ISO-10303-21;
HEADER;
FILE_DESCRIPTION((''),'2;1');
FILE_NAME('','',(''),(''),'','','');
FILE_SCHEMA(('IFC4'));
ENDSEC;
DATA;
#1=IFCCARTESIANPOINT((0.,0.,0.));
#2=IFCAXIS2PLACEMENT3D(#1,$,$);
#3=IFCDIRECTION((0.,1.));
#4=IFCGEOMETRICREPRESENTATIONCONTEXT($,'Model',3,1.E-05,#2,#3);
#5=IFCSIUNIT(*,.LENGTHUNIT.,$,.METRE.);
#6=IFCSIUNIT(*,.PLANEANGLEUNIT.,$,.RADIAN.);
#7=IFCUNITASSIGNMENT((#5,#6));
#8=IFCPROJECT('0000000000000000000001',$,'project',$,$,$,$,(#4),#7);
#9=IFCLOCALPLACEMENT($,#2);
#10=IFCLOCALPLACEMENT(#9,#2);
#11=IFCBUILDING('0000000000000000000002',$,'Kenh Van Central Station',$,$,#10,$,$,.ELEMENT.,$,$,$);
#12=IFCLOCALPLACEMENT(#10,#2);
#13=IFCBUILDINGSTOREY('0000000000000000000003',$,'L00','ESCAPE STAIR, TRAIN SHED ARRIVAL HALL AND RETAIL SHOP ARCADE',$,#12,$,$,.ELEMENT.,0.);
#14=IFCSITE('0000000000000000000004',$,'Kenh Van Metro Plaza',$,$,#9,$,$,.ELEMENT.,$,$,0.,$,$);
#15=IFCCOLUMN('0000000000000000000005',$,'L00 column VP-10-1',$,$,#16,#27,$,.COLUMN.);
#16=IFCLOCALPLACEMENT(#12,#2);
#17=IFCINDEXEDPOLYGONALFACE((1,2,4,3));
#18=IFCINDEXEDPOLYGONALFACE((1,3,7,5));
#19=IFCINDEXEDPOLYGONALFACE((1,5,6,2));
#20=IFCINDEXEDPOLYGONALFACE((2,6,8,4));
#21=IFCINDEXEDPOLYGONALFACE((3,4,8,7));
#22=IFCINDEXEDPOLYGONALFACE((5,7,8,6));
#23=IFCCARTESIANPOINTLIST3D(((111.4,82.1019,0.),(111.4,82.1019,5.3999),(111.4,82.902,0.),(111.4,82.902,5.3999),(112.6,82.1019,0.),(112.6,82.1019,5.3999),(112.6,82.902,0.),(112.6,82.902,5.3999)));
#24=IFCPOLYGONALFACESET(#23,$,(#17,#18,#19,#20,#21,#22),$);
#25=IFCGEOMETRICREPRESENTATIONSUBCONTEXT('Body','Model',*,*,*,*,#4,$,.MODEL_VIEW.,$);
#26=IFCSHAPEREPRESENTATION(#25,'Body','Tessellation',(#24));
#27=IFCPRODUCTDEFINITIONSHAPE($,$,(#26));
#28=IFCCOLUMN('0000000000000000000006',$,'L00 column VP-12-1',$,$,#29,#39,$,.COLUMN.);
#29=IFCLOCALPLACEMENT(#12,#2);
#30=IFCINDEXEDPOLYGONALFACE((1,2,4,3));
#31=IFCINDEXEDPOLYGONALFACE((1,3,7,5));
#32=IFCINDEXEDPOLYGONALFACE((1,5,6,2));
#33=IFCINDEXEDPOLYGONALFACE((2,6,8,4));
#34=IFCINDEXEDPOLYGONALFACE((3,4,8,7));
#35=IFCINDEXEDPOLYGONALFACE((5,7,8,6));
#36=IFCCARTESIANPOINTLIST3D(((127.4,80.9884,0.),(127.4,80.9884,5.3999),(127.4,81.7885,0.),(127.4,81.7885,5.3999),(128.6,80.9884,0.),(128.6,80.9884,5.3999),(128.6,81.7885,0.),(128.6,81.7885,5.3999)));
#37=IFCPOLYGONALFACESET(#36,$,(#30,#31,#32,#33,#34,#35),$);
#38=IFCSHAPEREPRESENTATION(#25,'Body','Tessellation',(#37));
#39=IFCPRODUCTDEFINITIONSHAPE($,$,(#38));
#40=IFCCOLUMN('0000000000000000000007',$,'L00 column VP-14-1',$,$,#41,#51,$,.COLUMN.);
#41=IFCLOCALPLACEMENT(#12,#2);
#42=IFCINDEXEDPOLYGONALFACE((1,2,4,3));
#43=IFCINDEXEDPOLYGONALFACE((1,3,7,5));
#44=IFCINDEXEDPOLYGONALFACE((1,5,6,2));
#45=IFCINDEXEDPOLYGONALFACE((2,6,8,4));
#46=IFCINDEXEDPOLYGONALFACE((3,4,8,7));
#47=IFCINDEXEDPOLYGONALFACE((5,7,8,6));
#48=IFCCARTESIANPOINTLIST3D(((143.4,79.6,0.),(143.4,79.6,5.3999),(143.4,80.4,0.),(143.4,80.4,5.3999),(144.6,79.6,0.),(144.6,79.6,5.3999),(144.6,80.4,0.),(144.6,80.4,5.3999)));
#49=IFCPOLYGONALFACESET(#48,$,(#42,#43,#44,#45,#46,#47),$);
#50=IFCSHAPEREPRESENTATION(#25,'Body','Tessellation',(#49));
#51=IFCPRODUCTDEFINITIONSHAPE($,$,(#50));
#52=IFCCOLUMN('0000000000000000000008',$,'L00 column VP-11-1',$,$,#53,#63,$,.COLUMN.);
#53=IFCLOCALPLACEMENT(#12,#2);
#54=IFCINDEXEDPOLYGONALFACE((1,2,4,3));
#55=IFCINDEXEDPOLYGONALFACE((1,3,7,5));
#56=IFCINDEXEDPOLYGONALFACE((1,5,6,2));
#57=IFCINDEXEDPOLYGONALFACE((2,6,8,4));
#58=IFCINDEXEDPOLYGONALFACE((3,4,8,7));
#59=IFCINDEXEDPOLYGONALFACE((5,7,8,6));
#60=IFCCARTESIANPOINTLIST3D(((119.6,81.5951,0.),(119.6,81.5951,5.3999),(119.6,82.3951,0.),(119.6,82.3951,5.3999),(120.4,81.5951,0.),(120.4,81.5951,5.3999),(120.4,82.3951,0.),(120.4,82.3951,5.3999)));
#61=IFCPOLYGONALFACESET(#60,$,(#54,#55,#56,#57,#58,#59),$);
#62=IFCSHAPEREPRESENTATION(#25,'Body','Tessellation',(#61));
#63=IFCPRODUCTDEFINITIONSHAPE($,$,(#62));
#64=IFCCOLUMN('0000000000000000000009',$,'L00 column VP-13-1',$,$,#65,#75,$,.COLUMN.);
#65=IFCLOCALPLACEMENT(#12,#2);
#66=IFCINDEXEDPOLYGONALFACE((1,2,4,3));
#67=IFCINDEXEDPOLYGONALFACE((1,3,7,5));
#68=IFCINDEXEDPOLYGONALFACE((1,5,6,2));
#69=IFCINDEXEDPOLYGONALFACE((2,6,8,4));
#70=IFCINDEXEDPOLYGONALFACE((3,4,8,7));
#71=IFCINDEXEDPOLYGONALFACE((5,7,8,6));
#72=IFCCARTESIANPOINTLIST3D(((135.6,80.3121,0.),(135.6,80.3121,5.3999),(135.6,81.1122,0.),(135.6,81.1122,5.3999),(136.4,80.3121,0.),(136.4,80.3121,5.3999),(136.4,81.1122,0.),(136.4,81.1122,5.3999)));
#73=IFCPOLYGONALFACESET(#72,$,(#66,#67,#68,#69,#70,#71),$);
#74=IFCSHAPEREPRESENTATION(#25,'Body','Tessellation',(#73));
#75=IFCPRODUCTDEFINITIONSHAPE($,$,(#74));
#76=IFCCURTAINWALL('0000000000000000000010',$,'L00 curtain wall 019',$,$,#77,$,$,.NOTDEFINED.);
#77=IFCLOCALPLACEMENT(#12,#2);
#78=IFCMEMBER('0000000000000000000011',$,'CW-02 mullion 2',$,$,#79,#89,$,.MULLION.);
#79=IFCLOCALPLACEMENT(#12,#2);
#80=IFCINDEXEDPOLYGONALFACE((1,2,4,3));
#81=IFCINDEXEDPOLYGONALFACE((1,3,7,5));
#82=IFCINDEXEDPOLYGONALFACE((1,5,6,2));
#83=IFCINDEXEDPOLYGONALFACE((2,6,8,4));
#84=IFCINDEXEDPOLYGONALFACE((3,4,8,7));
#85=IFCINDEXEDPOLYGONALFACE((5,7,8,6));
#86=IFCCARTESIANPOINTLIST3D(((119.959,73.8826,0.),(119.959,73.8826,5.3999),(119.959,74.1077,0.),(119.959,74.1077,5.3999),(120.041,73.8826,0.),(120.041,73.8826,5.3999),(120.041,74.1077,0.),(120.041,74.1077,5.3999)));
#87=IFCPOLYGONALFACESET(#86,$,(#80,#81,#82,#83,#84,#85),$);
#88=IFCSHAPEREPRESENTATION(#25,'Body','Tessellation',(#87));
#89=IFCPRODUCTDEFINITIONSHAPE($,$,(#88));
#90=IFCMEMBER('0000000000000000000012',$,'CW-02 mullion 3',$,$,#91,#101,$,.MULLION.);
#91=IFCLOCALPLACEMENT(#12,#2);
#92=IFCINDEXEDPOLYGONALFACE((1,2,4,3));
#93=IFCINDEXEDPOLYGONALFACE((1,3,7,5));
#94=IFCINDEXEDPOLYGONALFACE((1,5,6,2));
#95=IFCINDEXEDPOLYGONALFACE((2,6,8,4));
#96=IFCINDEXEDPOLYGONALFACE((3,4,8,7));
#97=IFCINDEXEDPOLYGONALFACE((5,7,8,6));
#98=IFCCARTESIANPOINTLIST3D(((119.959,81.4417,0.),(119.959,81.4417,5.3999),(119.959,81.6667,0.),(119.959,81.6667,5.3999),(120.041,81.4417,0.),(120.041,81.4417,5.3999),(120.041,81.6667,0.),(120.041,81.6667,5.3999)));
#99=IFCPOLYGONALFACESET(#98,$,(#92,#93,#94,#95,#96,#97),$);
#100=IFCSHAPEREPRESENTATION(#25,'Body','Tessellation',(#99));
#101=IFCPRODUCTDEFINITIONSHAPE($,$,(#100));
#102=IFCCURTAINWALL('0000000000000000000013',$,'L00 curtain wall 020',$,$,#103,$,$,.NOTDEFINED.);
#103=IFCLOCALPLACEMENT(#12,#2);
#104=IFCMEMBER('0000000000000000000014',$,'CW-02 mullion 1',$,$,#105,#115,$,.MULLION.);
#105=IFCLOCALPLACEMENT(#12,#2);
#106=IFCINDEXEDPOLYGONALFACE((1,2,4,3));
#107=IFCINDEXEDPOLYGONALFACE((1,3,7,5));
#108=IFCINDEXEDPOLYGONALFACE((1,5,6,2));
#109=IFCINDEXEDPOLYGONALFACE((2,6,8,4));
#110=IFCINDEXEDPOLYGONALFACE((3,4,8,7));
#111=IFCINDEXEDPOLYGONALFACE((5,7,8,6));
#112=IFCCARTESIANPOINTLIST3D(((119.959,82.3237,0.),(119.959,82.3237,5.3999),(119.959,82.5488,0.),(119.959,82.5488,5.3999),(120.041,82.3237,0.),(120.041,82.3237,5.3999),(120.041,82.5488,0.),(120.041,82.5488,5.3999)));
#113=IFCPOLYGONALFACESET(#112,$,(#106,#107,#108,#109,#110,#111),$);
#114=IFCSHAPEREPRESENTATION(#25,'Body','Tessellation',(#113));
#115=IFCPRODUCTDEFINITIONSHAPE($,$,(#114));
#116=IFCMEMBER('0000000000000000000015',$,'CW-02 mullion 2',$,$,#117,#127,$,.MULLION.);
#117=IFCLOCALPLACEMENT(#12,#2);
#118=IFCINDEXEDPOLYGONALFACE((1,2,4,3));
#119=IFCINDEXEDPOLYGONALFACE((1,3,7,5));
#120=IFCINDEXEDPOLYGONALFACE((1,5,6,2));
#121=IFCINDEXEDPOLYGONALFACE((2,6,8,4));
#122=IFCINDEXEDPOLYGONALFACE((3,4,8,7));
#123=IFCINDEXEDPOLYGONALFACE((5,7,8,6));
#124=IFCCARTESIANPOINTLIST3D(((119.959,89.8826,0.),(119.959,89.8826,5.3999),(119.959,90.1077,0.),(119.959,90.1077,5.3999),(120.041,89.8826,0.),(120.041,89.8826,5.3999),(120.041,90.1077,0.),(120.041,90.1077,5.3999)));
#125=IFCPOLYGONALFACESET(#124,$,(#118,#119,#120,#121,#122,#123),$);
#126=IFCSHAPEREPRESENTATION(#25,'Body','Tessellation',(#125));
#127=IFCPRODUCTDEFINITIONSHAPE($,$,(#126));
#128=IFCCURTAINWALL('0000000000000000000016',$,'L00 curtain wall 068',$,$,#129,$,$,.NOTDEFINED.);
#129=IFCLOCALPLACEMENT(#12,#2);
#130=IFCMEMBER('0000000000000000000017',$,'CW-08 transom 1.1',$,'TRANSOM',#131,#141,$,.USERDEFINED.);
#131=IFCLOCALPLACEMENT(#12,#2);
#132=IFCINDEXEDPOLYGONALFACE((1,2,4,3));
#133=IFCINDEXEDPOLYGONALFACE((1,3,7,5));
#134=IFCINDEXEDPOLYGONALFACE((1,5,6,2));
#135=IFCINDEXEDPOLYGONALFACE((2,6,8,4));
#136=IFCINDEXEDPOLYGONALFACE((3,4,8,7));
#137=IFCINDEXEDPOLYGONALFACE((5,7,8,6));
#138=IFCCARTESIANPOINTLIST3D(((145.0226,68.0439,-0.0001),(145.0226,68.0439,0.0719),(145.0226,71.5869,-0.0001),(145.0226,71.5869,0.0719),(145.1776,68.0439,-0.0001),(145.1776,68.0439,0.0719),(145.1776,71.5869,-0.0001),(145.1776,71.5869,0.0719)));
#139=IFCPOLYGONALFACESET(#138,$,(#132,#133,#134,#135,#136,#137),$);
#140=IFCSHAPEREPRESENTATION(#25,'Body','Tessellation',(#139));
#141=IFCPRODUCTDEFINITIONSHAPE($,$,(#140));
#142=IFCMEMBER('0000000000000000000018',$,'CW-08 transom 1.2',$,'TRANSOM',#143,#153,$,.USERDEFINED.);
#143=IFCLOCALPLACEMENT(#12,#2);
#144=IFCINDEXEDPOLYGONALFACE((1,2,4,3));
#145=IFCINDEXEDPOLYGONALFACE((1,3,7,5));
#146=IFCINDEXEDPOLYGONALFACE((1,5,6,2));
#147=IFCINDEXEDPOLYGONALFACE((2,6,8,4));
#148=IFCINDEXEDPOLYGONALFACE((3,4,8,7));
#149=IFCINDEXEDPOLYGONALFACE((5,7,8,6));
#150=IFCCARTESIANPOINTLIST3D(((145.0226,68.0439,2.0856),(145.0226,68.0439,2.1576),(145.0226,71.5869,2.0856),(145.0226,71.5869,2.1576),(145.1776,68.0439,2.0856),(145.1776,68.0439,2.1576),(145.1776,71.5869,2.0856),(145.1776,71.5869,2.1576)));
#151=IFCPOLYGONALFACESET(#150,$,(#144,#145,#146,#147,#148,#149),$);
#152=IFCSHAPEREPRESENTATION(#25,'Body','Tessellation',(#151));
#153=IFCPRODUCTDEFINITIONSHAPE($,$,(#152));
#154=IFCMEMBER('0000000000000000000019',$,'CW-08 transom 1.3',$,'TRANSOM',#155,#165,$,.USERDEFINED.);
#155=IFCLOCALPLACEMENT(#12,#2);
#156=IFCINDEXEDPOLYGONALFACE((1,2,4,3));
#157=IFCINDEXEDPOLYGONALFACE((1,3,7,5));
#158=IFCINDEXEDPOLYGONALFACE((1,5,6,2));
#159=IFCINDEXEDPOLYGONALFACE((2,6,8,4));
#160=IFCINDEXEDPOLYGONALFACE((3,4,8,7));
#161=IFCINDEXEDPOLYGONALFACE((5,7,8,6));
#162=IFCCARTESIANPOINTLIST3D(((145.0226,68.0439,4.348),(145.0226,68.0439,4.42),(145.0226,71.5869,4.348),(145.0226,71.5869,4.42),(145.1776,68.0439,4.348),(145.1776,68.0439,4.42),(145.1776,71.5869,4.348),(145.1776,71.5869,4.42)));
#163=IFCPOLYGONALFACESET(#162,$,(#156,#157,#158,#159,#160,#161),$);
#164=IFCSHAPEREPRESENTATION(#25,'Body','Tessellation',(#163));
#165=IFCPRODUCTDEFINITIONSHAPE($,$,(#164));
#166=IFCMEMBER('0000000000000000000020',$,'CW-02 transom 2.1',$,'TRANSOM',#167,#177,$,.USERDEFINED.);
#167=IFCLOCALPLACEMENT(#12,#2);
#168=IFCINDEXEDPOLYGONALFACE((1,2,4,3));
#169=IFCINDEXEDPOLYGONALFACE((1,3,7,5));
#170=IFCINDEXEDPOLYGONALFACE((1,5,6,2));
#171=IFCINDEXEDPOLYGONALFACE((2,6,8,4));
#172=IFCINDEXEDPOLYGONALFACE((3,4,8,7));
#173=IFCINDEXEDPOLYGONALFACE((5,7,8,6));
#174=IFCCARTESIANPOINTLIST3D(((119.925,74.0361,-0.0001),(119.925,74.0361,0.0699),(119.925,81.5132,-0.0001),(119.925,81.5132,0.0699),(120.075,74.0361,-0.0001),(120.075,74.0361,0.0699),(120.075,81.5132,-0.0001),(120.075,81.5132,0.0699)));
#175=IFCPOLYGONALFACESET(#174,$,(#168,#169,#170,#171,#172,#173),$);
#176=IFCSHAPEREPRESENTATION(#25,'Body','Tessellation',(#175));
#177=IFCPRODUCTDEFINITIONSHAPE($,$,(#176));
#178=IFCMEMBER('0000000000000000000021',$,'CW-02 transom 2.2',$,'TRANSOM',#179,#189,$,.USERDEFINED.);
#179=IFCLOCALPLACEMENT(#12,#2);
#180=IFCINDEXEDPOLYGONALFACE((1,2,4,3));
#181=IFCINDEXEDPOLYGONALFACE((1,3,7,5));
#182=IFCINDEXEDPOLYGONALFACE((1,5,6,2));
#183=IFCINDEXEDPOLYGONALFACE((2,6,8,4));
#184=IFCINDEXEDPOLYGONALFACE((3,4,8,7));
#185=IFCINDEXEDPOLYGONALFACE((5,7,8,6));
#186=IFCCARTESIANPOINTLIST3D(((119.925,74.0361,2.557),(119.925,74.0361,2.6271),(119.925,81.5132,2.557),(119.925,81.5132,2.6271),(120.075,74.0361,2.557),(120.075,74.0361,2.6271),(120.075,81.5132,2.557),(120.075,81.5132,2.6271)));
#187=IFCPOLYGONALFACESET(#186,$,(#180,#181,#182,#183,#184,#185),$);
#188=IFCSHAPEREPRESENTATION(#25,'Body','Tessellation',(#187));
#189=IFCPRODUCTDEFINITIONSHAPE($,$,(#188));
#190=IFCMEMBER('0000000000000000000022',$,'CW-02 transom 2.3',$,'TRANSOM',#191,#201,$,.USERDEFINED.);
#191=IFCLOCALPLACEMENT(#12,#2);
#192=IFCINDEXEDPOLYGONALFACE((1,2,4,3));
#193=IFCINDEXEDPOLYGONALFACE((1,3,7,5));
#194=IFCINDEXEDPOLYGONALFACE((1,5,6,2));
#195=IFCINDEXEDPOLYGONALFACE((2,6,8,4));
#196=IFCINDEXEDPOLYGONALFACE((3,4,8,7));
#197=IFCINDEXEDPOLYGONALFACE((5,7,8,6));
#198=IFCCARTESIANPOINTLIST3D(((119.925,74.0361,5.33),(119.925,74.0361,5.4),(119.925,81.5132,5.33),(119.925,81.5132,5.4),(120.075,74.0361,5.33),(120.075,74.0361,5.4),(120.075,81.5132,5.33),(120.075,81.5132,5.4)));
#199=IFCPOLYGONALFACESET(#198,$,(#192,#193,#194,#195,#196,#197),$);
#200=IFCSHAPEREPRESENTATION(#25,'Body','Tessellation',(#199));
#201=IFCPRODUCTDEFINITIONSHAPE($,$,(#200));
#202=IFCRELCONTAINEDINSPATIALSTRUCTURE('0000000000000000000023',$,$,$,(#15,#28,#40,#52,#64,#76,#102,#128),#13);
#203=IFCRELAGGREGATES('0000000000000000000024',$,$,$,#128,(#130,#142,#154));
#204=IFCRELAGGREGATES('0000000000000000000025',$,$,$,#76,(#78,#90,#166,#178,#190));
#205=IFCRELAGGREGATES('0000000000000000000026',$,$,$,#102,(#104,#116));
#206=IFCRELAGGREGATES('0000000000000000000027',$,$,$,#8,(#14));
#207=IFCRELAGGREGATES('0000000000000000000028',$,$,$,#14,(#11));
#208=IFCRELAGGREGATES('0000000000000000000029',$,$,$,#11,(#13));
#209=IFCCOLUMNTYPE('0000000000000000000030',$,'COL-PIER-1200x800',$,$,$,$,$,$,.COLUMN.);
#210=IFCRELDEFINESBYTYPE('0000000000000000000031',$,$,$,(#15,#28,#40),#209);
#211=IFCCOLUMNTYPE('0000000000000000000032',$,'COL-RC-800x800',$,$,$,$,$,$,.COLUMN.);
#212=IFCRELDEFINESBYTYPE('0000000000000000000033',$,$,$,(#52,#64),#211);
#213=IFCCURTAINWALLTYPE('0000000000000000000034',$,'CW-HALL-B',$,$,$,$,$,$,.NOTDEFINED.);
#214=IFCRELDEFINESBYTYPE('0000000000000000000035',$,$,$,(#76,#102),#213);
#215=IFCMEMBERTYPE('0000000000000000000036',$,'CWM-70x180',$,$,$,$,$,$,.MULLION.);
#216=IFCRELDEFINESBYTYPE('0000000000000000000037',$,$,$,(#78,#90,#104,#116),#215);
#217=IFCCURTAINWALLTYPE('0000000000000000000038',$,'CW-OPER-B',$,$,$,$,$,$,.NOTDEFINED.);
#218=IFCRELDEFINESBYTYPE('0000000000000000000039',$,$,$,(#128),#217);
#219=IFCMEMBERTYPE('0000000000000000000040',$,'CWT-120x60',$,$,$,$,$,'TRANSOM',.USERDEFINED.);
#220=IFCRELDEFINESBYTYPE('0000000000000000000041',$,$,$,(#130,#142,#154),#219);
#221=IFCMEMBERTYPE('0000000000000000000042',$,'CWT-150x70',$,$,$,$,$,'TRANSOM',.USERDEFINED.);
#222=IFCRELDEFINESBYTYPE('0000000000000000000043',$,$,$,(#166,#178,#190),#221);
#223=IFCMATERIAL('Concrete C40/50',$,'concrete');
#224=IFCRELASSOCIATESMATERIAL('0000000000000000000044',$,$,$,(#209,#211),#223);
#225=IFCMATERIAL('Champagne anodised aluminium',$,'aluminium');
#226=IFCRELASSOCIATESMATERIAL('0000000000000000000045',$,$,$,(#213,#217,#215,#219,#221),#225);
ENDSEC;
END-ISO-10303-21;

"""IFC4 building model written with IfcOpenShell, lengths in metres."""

from ifc_helpers import new_model, si_unit, direction, frame, origin, origin_2d, place, context, subcontext, project, spatial, rectangle, extrude, material, material_profile, profile_set, type_object, element, aggregate, save


model = new_model("IFC4")

# Units and contexts
model_context = context("Model", 3, precision=1e-05, world=origin(), true_north=direction((0.0, 1.0)))
body_context = subcontext(model_context, "Body", "Model", "MODEL_VIEW")
ifc_project = project(units=[si_unit("LENGTHUNIT", "METRE"), si_unit("PLANEANGLEUNIT", "RADIAN")], contexts=[model_context])

# Site, building, storey
site_placement = place(None, origin())
site = spatial("IfcSite", under=ifc_project, at=site_placement, Name="Kenh Van Metro Plaza", CompositionType="ELEMENT", RefElevation=0.0)
building_placement = place(site_placement, origin())
building = spatial("IfcBuilding", under=site, at=building_placement, Name="Kenh Van Central Station", CompositionType="ELEMENT")
storey_placement = place(building_placement, origin())
storey = spatial("IfcBuildingStorey", under=building, at=storey_placement, Name="L00", Description="ESCAPE STAIR, TRAIN SHED ARRIVAL HALL AND RETAIL SHOP ARCADE", CompositionType="ELEMENT", Elevation=0.0)

# Columns
ifc_material_1 = material(Name="Concrete C40/50", Category="concrete")
ifc_material_profile_1 = material_profile(ifc_material_1, rectangle(XDim=1.2, YDim=0.8, at=origin_2d()), Name="RC 1200x800")
ifc_profile_set_1 = profile_set([ifc_material_profile_1], Name="Concrete C40/50")
column_type_1 = type_object("IfcColumnType", Name="COL-PIER-1200x800", PredefinedType="COLUMN", material=ifc_profile_set_1)
for number, where, z_axis, x_axis, name in (
    (1, (112.0, 82.502, 0.0), (0.0, 0.0, 1.0), (1.0, 0.0, 0.0), "L00 column VP-10-1"),
    (2, (128.0, 81.3884, 0.0), (0.0, 0.0, 1.0), (1.0, 0.0, 0.0), "L00 column VP-12-1"),
    (3, (144.0, 80.0, 0.0), (0.0, 0.0, 1.0), (1.0, 0.0, 0.0), "L00 column VP-14-1"),
):
    element("IfcColumn", number, at=place(storey_placement, frame(where, z_axis=z_axis, x_axis=x_axis)), inside=storey, type_object=column_type_1, Name=name, PredefinedType="COLUMN", context=body_context, shape_type="SweptSolid", body=[
        extrude(rectangle(XDim=1.2, YDim=0.8, at=origin_2d()), origin(), (0.0, 0.0, 1.0), 5.3999),
    ])
ifc_material_profile_2 = material_profile(ifc_material_1, rectangle(XDim=0.8, YDim=0.8, at=origin_2d()), Name="RC 800x800")
ifc_profile_set_2 = profile_set([ifc_material_profile_2], Name="Concrete C40/50")
column_type_2 = type_object("IfcColumnType", Name="COL-RC-800x800", PredefinedType="COLUMN", material=ifc_profile_set_2)
for number, where, z_axis, x_axis, name in (
    (4, (120.0, 81.9951, 0.0), (0.0, 0.0, 1.0), (1.0, 0.0, 0.0), "L00 column VP-11-1"),
    (5, (136.0, 80.7122, 0.0), (0.0, 0.0, 1.0), (1.0, 0.0, 0.0), "L00 column VP-13-1"),
):
    element("IfcColumn", number, at=place(storey_placement, frame(where, z_axis=z_axis, x_axis=x_axis)), inside=storey, type_object=column_type_2, Name=name, PredefinedType="COLUMN", context=body_context, shape_type="SweptSolid", body=[
        extrude(rectangle(XDim=0.8, YDim=0.8, at=origin_2d()), origin(), (0.0, 0.0, 1.0), 5.3999),
    ])

# Curtain walls, members
ifc_material_2 = material(Name="Champagne anodised aluminium", Category="aluminium")
curtain_wall_type_1 = type_object("IfcCurtainWallType", Name="CW-HALL-B", PredefinedType="NOTDEFINED", material=ifc_material_2)
curtain_wall_1_placement = place(storey_placement, origin())
curtain_wall_1 = element("IfcCurtainWall", 6, at=curtain_wall_1_placement, inside=storey, type_object=curtain_wall_type_1, Name="L00 curtain wall 019", PredefinedType="NOTDEFINED")
ifc_material_profile_3 = material_profile(ifc_material_2, rectangle(XDim=0.082, YDim=0.2251, at=origin_2d()), Name="AL 82x225")
ifc_profile_set_3 = profile_set([ifc_material_profile_3], Name="Champagne anodised aluminium")
member_type_1 = type_object("IfcMemberType", Name="CWM-70x180", PredefinedType="MULLION", material=ifc_profile_set_3)
member_1_placement = place(storey_placement, frame((120.0, 73.9951, 0.0), z_axis=(0.0, 0.0, 1.0), x_axis=(-1.0, 0.0, 0.0)))
member_1 = element("IfcMember", 7, at=member_1_placement, type_object=member_type_1, Name="CW-02 mullion 2", PredefinedType="MULLION", context=body_context, shape_type="SweptSolid", body=[
    extrude(rectangle(XDim=0.082, YDim=0.2251, at=origin_2d()), origin(), (0.0, 0.0, 1.0), 5.3999),
])
member_2_placement = place(storey_placement, frame((120.0, 81.5542, 0.0), z_axis=(0.0, 0.0, 1.0), x_axis=(-1.0, 0.0, 0.0)))
member_2 = element("IfcMember", 8, at=member_2_placement, type_object=member_type_1, Name="CW-02 mullion 3", PredefinedType="MULLION", context=body_context, shape_type="SweptSolid", body=[
    extrude(rectangle(XDim=0.082, YDim=0.2251, at=origin_2d()), origin(), (0.0, 0.0, 1.0), 5.3999),
])
curtain_wall_2_placement = place(storey_placement, origin())
curtain_wall_2 = element("IfcCurtainWall", 9, at=curtain_wall_2_placement, inside=storey, type_object=curtain_wall_type_1, Name="L00 curtain wall 020", PredefinedType="NOTDEFINED")
member_3_placement = place(storey_placement, frame((120.0, 82.4363, 0.0), z_axis=(0.0, 0.0, 1.0), x_axis=(-1.0, 0.0, 0.0)))
member_3 = element("IfcMember", 10, at=member_3_placement, type_object=member_type_1, Name="CW-02 mullion 1", PredefinedType="MULLION", context=body_context, shape_type="SweptSolid", body=[
    extrude(rectangle(XDim=0.082, YDim=0.2251, at=origin_2d()), origin(), (0.0, 0.0, 1.0), 5.3999),
])
member_4_placement = place(storey_placement, frame((120.0, 89.9951, 0.0), z_axis=(0.0, 0.0, 1.0), x_axis=(-1.0, 0.0, 0.0)))
member_4 = element("IfcMember", 11, at=member_4_placement, type_object=member_type_1, Name="CW-02 mullion 2", PredefinedType="MULLION", context=body_context, shape_type="SweptSolid", body=[
    extrude(rectangle(XDim=0.082, YDim=0.2251, at=origin_2d()), origin(), (0.0, 0.0, 1.0), 5.3999),
])
curtain_wall_type_2 = type_object("IfcCurtainWallType", Name="CW-OPER-B", PredefinedType="NOTDEFINED", material=ifc_material_2)
curtain_wall_3_placement = place(storey_placement, origin())
curtain_wall_3 = element("IfcCurtainWall", 12, at=curtain_wall_3_placement, inside=storey, type_object=curtain_wall_type_2, Name="L00 curtain wall 068", PredefinedType="NOTDEFINED")
ifc_material_profile_4 = material_profile(ifc_material_2, rectangle(XDim=0.155, YDim=0.072, at=origin_2d()), Name="AL 155x72")
ifc_profile_set_4 = profile_set([ifc_material_profile_4], Name="Champagne anodised aluminium")
member_type_2 = type_object("IfcMemberType", Name="CWT-120x60", ElementType="TRANSOM", PredefinedType="USERDEFINED", material=ifc_profile_set_4)
member_5_placement = place(storey_placement, frame((145.1001, 71.5869, 0.0359), z_axis=(0.0, -1.0, 0.0), x_axis=(1.0, 0.0, 0.0)))
member_5 = element("IfcMember", 13, at=member_5_placement, type_object=member_type_2, Name="CW-08 transom 1.1", ObjectType="TRANSOM", PredefinedType="USERDEFINED", context=body_context, shape_type="SweptSolid", body=[
    extrude(rectangle(XDim=0.155, YDim=0.072, at=origin_2d()), origin(), (0.0, 0.0, 1.0), 3.543),
])
member_6_placement = place(storey_placement, frame((145.1001, 71.5869, 2.1216), z_axis=(0.0, -1.0, 0.0), x_axis=(1.0, 0.0, 0.0)))
member_6 = element("IfcMember", 14, at=member_6_placement, type_object=member_type_2, Name="CW-08 transom 1.2", ObjectType="TRANSOM", PredefinedType="USERDEFINED", context=body_context, shape_type="SweptSolid", body=[
    extrude(rectangle(XDim=0.155, YDim=0.072, at=origin_2d()), origin(), (0.0, 0.0, 1.0), 3.543),
])
member_7_placement = place(storey_placement, frame((145.1001, 71.5869, 4.384), z_axis=(0.0, -1.0, 0.0), x_axis=(1.0, 0.0, 0.0)))
member_7 = element("IfcMember", 15, at=member_7_placement, type_object=member_type_2, Name="CW-08 transom 1.3", ObjectType="TRANSOM", PredefinedType="USERDEFINED", context=body_context, shape_type="SweptSolid", body=[
    extrude(rectangle(XDim=0.155, YDim=0.072, at=origin_2d()), origin(), (0.0, 0.0, 1.0), 3.543),
])
aggregate(curtain_wall_3, [member_5, member_6, member_7])

# Members
ifc_material_profile_5 = material_profile(ifc_material_2, rectangle(XDim=0.1499, YDim=0.0701, at=origin_2d()), Name="AL 150x70")
ifc_profile_set_5 = profile_set([ifc_material_profile_5], Name="Champagne anodised aluminium")
member_type_3 = type_object("IfcMemberType", Name="CWT-150x70", ElementType="TRANSOM", PredefinedType="USERDEFINED", material=ifc_profile_set_5)
member_8_placement = place(storey_placement, frame((120.0, 74.0361, 0.0349), z_axis=(0.0, 1.0, 0.0), x_axis=(-1.0, 0.0, 0.0)))
member_8 = element("IfcMember", 16, at=member_8_placement, type_object=member_type_3, Name="CW-02 transom 2.1", ObjectType="TRANSOM", PredefinedType="USERDEFINED", context=body_context, shape_type="SweptSolid", body=[
    extrude(rectangle(XDim=0.1499, YDim=0.0701, at=origin_2d()), origin(), (0.0, 0.0, 1.0), 7.4771),
])
member_9_placement = place(storey_placement, frame((120.0, 74.0361, 2.592), z_axis=(0.0, 1.0, 0.0), x_axis=(-1.0, 0.0, 0.0)))
member_9 = element("IfcMember", 17, at=member_9_placement, type_object=member_type_3, Name="CW-02 transom 2.2", ObjectType="TRANSOM", PredefinedType="USERDEFINED", context=body_context, shape_type="SweptSolid", body=[
    extrude(rectangle(XDim=0.1499, YDim=0.0701, at=origin_2d()), origin(), (0.0, 0.0, 1.0), 7.4771),
])
member_10_placement = place(storey_placement, frame((120.0, 74.0361, 5.365), z_axis=(0.0, 1.0, 0.0), x_axis=(-1.0, 0.0, 0.0)))
member_10 = element("IfcMember", 18, at=member_10_placement, type_object=member_type_3, Name="CW-02 transom 2.3", ObjectType="TRANSOM", PredefinedType="USERDEFINED", context=body_context, shape_type="SweptSolid", body=[
    extrude(rectangle(XDim=0.1499, YDim=0.0701, at=origin_2d()), origin(), (0.0, 0.0, 1.0), 7.4771),
])

aggregate(curtain_wall_1, [member_1, member_2, member_8, member_9, member_10])
aggregate(curtain_wall_2, [member_3, member_4])

save(model, "model.ifc")
